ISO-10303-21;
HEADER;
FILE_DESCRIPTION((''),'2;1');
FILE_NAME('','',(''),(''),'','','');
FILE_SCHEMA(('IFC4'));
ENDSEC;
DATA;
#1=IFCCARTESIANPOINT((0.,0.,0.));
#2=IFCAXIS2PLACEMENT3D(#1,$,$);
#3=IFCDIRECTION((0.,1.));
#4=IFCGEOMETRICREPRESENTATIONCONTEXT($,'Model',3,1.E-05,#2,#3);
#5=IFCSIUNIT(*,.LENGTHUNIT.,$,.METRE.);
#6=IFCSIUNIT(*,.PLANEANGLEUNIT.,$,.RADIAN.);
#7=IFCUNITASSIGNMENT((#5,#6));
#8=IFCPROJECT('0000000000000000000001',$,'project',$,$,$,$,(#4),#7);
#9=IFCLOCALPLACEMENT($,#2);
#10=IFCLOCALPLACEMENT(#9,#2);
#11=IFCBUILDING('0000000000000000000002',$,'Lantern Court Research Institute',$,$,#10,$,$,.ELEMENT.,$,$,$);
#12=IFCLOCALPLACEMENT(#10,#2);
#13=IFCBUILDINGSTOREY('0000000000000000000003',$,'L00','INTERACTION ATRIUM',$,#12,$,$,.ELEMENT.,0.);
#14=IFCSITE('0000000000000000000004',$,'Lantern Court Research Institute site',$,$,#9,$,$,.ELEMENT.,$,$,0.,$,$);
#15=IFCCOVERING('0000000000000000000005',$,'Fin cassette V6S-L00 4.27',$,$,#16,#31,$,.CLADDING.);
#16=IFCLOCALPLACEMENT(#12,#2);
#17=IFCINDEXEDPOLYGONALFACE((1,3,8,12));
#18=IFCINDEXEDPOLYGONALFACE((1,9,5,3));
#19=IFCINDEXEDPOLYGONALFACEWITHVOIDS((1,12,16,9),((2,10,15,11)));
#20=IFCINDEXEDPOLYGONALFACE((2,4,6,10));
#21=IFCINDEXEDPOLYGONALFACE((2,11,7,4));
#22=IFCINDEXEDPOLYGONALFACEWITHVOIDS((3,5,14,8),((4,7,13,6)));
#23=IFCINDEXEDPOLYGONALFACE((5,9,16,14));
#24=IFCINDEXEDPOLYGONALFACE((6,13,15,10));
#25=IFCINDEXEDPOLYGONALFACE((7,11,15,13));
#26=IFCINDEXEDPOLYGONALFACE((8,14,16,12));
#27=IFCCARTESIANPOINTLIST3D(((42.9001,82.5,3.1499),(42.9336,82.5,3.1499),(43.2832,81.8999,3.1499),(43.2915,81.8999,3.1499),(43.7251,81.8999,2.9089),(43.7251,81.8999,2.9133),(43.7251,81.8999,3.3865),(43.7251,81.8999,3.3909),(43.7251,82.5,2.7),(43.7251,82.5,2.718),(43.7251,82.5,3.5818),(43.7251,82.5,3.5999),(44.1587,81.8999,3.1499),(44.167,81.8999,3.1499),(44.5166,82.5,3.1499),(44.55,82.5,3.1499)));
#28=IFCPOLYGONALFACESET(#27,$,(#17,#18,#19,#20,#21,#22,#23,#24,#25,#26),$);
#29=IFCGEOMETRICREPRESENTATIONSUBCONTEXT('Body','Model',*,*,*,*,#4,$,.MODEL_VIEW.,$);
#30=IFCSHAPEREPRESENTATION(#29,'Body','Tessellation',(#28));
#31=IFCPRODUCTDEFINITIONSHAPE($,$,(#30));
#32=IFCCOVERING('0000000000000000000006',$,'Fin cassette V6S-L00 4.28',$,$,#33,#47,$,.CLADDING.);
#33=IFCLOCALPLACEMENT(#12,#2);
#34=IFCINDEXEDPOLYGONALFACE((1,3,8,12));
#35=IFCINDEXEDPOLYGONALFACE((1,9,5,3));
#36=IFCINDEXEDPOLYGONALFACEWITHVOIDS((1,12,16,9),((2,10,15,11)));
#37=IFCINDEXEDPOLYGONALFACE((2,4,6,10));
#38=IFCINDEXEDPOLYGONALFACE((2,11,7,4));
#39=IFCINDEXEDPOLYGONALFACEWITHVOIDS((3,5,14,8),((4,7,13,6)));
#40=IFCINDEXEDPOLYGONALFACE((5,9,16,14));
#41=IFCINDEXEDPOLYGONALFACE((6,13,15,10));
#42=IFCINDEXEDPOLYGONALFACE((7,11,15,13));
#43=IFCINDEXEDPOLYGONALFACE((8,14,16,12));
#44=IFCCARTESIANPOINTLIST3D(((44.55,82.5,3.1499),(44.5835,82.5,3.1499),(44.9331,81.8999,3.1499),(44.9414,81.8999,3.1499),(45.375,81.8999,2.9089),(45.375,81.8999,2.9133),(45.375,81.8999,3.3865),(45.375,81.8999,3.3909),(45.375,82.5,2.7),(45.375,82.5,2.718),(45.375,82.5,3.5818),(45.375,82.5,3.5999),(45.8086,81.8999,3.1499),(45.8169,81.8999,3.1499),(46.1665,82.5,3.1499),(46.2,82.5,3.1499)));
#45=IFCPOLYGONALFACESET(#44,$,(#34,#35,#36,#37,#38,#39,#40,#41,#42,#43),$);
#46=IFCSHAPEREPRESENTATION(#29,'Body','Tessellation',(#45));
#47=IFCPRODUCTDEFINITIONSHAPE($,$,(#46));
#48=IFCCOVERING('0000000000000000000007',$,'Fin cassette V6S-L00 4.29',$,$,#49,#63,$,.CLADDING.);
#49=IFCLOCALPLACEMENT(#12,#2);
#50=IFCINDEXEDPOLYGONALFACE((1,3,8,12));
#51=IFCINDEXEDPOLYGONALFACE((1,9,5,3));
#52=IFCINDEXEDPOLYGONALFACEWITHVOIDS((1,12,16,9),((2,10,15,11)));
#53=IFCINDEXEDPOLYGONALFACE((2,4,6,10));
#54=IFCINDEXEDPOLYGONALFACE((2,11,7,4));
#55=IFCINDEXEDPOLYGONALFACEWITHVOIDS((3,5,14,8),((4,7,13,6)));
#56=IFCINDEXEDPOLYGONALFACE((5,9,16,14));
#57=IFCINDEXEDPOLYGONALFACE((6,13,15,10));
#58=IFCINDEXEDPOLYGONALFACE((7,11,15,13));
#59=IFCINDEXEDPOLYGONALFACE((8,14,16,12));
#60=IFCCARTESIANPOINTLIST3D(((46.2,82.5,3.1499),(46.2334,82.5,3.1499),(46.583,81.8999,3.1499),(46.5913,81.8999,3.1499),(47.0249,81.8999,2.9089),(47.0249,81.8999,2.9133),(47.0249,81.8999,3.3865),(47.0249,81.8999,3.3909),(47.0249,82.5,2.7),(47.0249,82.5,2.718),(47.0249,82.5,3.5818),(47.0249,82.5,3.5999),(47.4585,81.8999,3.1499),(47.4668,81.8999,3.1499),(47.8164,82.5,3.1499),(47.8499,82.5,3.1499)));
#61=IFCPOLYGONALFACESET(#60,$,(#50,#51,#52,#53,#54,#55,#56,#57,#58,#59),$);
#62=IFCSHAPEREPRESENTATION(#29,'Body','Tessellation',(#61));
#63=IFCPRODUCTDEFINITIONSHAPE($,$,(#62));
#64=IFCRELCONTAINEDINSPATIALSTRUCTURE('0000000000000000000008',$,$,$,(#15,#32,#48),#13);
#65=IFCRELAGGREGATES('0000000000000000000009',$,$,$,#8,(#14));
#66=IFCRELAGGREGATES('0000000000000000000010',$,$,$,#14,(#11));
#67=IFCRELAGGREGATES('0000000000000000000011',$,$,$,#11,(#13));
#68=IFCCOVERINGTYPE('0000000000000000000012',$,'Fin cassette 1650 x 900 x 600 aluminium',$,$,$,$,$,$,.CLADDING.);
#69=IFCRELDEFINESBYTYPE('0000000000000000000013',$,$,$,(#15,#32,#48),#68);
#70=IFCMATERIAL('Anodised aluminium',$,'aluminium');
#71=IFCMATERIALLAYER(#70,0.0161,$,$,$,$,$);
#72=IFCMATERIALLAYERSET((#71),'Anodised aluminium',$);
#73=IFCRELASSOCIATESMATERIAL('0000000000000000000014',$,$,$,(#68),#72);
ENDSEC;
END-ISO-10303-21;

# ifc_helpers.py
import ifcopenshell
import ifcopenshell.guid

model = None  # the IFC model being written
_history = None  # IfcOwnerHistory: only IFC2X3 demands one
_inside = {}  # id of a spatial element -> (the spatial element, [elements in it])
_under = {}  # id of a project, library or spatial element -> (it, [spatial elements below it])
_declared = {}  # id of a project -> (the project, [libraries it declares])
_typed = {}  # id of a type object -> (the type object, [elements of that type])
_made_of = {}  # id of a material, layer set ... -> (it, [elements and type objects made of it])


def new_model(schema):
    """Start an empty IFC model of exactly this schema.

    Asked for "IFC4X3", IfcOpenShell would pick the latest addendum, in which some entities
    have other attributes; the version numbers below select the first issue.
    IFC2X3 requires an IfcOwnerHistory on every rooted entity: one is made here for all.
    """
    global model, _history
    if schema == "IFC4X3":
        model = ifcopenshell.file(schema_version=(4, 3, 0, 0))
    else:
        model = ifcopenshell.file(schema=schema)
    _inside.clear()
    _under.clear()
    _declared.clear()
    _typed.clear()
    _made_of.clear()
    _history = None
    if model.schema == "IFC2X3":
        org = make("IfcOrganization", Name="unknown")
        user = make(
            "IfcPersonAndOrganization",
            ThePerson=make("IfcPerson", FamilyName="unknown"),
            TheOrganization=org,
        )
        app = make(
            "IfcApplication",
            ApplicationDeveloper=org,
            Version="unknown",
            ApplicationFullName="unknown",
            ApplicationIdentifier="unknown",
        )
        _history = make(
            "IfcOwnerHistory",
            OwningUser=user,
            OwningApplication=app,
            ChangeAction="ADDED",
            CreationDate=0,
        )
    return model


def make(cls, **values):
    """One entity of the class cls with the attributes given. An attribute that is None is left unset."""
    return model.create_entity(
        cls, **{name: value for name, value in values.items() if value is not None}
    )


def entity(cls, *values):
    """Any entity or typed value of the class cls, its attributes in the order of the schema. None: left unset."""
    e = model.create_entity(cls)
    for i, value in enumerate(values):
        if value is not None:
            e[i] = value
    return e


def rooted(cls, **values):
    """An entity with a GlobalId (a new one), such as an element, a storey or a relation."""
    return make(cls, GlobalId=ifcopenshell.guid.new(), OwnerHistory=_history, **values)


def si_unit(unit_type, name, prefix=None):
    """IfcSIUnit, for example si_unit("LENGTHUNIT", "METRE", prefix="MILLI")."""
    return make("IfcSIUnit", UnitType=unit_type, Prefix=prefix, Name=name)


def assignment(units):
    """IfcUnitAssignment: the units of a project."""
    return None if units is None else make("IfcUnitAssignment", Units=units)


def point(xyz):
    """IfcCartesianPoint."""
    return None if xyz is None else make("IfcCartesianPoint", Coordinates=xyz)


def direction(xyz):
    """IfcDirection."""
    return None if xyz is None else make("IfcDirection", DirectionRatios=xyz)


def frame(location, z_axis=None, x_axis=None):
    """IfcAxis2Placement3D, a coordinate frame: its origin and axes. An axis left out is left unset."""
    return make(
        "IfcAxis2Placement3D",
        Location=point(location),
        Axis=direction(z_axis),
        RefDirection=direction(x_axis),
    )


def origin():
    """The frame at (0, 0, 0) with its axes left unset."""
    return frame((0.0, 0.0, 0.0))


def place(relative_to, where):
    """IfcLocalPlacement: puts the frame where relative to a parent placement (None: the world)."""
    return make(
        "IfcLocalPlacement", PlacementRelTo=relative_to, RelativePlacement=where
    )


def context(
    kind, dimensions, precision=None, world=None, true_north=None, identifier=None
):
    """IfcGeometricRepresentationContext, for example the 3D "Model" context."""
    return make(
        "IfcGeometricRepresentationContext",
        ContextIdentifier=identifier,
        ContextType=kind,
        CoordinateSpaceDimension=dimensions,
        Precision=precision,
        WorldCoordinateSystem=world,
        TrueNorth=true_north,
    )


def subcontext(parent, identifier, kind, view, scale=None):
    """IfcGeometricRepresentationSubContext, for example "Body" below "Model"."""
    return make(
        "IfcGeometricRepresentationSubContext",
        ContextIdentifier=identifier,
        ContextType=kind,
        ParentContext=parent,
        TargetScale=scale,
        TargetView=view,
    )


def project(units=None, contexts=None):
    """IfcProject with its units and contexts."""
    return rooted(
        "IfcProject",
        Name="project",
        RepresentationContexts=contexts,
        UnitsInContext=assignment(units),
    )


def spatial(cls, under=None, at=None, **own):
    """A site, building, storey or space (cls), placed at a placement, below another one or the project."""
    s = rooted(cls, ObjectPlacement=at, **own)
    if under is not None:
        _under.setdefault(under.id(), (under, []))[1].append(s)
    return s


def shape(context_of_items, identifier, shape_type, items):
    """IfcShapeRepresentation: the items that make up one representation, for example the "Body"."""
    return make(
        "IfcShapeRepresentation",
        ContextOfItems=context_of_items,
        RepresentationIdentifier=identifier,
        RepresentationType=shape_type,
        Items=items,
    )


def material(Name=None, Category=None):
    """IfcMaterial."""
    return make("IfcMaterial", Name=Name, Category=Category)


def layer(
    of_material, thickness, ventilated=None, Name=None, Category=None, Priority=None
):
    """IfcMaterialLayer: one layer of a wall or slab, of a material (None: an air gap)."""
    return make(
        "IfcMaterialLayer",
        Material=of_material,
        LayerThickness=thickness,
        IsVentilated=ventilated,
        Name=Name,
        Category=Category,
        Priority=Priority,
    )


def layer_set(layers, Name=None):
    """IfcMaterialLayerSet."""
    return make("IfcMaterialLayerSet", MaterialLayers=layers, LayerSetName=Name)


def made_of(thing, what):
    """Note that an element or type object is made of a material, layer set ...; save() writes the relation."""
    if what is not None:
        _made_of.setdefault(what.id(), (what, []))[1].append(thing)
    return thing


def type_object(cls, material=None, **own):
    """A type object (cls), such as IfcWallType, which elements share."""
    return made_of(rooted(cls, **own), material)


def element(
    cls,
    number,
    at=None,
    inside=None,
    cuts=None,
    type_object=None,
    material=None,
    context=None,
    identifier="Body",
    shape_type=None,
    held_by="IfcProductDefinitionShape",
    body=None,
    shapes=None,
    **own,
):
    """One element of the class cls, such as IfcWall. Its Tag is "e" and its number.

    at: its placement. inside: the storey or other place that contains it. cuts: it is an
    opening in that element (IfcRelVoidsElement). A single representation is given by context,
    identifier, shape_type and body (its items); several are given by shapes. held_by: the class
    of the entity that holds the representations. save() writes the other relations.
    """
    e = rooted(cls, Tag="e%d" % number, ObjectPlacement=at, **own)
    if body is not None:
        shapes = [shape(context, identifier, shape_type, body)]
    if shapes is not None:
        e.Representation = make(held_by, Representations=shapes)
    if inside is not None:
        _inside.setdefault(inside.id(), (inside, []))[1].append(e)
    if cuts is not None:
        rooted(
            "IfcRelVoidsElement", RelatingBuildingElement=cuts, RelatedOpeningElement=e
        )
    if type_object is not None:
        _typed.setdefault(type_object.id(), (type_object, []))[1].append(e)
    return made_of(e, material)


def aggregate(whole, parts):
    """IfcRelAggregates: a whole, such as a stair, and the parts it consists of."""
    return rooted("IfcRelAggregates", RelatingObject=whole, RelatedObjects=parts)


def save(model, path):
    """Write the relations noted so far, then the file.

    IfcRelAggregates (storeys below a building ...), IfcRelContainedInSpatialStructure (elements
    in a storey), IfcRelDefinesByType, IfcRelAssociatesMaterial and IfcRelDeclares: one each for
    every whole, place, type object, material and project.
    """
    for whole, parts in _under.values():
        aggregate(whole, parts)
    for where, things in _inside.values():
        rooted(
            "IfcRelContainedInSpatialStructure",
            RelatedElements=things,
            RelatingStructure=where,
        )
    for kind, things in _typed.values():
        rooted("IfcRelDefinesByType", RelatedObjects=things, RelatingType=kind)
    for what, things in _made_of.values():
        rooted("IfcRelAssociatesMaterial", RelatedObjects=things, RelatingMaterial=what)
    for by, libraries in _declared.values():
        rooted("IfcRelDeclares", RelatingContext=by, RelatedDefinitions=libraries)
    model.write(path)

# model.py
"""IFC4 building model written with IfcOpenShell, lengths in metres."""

from ifc_helpers import new_model, entity, si_unit, direction, frame, origin, place, context, subcontext, project, spatial, material, layer, layer_set, type_object, element, save


model = new_model("IFC4")

# Units and contexts
model_context = context("Model", 3, precision=1e-05, world=origin(), true_north=direction((0.0, 1.0)))
body_context = subcontext(model_context, "Body", "Model", "MODEL_VIEW")
ifc_project = project(units=[si_unit("LENGTHUNIT", "METRE"), si_unit("PLANEANGLEUNIT", "RADIAN")], contexts=[model_context])

# Site, building, storey
site_placement = place(None, origin())
site = spatial("IfcSite", under=ifc_project, at=site_placement, Name="Lantern Court Research Institute site", CompositionType="ELEMENT", RefElevation=0.0)
building_placement = place(site_placement, origin())
building = spatial("IfcBuilding", under=site, at=building_placement, Name="Lantern Court Research Institute", CompositionType="ELEMENT")
storey_placement = place(building_placement, origin())
storey = spatial("IfcBuildingStorey", under=building, at=storey_placement, Name="L00", Description="INTERACTION ATRIUM", CompositionType="ELEMENT", Elevation=0.0)

# Coverings
ifc_material_1 = material(Name="Anodised aluminium", Category="aluminium")
ifc_layer_1 = layer(ifc_material_1, 0.0161)
ifc_layer_set_1 = layer_set([ifc_layer_1], Name="Anodised aluminium")
covering_type_1 = type_object("IfcCoveringType", Name="Fin cassette 1650 x 900 x 600 aluminium", PredefinedType="CLADDING", material=ifc_layer_set_1)
covering_1_placement = place(storey_placement, frame((43.7251, 82.5, 3.1499), z_axis=(0.0, -1.0, 0.0), x_axis=(1.0, 0.0, 0.0)))
cartesian_point_1 = entity("IfcCartesianPoint", [0.825, 0.0])
cartesian_point_2 = entity("IfcCartesianPoint", [0.7915, 0.0])
cartesian_point_3 = entity("IfcCartesianPoint", [0.4419, 0.0])
cartesian_point_4 = entity("IfcCartesianPoint", [0.4336, 0.0])
element("IfcCovering", 1, at=covering_1_placement, inside=storey, type_object=covering_type_1, Name="Fin cassette V6S-L00 4.27", PredefinedType="CLADDING", context=body_context, shape_type="SweptSolid", body=[
    entity("IfcExtrudedAreaSolidTapered", entity("IfcArbitraryProfileDefWithVoids", "AREA", None, entity("IfcPolyline", [cartesian_point_1, entity("IfcCartesianPoint", [0.0, 0.45]), entity("IfcCartesianPoint", [-0.825, 0.0]), entity("IfcCartesianPoint", [0.0, -0.45]), cartesian_point_1]), [entity("IfcPolyline", [cartesian_point_2, entity("IfcCartesianPoint", [0.0, 0.4319]), entity("IfcCartesianPoint", [-0.7915, 0.0]), entity("IfcCartesianPoint", [0.0, -0.4319]), cartesian_point_2])]), entity("IfcAxis2Placement3D", entity("IfcCartesianPoint", [0.0, 0.0, 0.0])), entity("IfcDirection", [0.0, 0.0, 1.0]), 0.6001, entity("IfcArbitraryProfileDefWithVoids", "AREA", None, entity("IfcPolyline", [cartesian_point_3, entity("IfcCartesianPoint", [0.0, 0.241]), entity("IfcCartesianPoint", [-0.4419, 0.0]), entity("IfcCartesianPoint", [0.0, -0.241]), cartesian_point_3]), [entity("IfcPolyline", [cartesian_point_4, entity("IfcCartesianPoint", [0.0, 0.2366]), entity("IfcCartesianPoint", [-0.4336, 0.0]), entity("IfcCartesianPoint", [0.0, -0.2366]), cartesian_point_4])])),
])
covering_2_placement = place(storey_placement, frame((45.375, 82.5, 3.1499), z_axis=(0.0, -1.0, 0.0), x_axis=(1.0, 0.0, 0.0)))
cartesian_point_5 = entity("IfcCartesianPoint", [0.825, 0.0])
cartesian_point_6 = entity("IfcCartesianPoint", [0.7915, 0.0])
cartesian_point_7 = entity("IfcCartesianPoint", [0.4419, 0.0])
cartesian_point_8 = entity("IfcCartesianPoint", [0.4336, 0.0])
element("IfcCovering", 2, at=covering_2_placement, inside=storey, type_object=covering_type_1, Name="Fin cassette V6S-L00 4.28", PredefinedType="CLADDING", context=body_context, shape_type="SweptSolid", body=[
    entity("IfcExtrudedAreaSolidTapered", entity("IfcArbitraryProfileDefWithVoids", "AREA", None, entity("IfcPolyline", [cartesian_point_5, entity("IfcCartesianPoint", [0.0, 0.45]), entity("IfcCartesianPoint", [-0.825, 0.0]), entity("IfcCartesianPoint", [0.0, -0.45]), cartesian_point_5]), [entity("IfcPolyline", [cartesian_point_6, entity("IfcCartesianPoint", [0.0, 0.4319]), entity("IfcCartesianPoint", [-0.7915, 0.0]), entity("IfcCartesianPoint", [0.0, -0.4319]), cartesian_point_6])]), entity("IfcAxis2Placement3D", entity("IfcCartesianPoint", [0.0, 0.0, 0.0])), entity("IfcDirection", [0.0, 0.0, 1.0]), 0.6001, entity("IfcArbitraryProfileDefWithVoids", "AREA", None, entity("IfcPolyline", [cartesian_point_7, entity("IfcCartesianPoint", [0.0, 0.241]), entity("IfcCartesianPoint", [-0.4419, 0.0]), entity("IfcCartesianPoint", [0.0, -0.241]), cartesian_point_7]), [entity("IfcPolyline", [cartesian_point_8, entity("IfcCartesianPoint", [0.0, 0.2366]), entity("IfcCartesianPoint", [-0.4336, 0.0]), entity("IfcCartesianPoint", [0.0, -0.2366]), cartesian_point_8])])),
])
covering_3_placement = place(storey_placement, frame((47.0249, 82.5, 3.1499), z_axis=(0.0, -1.0, 0.0), x_axis=(1.0, 0.0, 0.0)))
cartesian_point_9 = entity("IfcCartesianPoint", [0.825, 0.0])
cartesian_point_10 = entity("IfcCartesianPoint", [0.7915, 0.0])
cartesian_point_11 = entity("IfcCartesianPoint", [0.4419, 0.0])
cartesian_point_12 = entity("IfcCartesianPoint", [0.4336, 0.0])
element("IfcCovering", 3, at=covering_3_placement, inside=storey, type_object=covering_type_1, Name="Fin cassette V6S-L00 4.29", PredefinedType="CLADDING", context=body_context, shape_type="SweptSolid", body=[
    entity("IfcExtrudedAreaSolidTapered", entity("IfcArbitraryProfileDefWithVoids", "AREA", None, entity("IfcPolyline", [cartesian_point_9, entity("IfcCartesianPoint", [0.0, 0.45]), entity("IfcCartesianPoint", [-0.825, 0.0]), entity("IfcCartesianPoint", [0.0, -0.45]), cartesian_point_9]), [entity("IfcPolyline", [cartesian_point_10, entity("IfcCartesianPoint", [0.0, 0.4319]), entity("IfcCartesianPoint", [-0.7915, 0.0]), entity("IfcCartesianPoint", [0.0, -0.4319]), cartesian_point_10])]), entity("IfcAxis2Placement3D", entity("IfcCartesianPoint", [0.0, 0.0, 0.0])), entity("IfcDirection", [0.0, 0.0, 1.0]), 0.6001, entity("IfcArbitraryProfileDefWithVoids", "AREA", None, entity("IfcPolyline", [cartesian_point_11, entity("IfcCartesianPoint", [0.0, 0.241]), entity("IfcCartesianPoint", [-0.4419, 0.0]), entity("IfcCartesianPoint", [0.0, -0.241]), cartesian_point_11]), [entity("IfcPolyline", [cartesian_point_12, entity("IfcCartesianPoint", [0.0, 0.2366]), entity("IfcCartesianPoint", [-0.4336, 0.0]), entity("IfcCartesianPoint", [0.0, -0.2366]), cartesian_point_12])])),
])

save(model, "model.ifc")
